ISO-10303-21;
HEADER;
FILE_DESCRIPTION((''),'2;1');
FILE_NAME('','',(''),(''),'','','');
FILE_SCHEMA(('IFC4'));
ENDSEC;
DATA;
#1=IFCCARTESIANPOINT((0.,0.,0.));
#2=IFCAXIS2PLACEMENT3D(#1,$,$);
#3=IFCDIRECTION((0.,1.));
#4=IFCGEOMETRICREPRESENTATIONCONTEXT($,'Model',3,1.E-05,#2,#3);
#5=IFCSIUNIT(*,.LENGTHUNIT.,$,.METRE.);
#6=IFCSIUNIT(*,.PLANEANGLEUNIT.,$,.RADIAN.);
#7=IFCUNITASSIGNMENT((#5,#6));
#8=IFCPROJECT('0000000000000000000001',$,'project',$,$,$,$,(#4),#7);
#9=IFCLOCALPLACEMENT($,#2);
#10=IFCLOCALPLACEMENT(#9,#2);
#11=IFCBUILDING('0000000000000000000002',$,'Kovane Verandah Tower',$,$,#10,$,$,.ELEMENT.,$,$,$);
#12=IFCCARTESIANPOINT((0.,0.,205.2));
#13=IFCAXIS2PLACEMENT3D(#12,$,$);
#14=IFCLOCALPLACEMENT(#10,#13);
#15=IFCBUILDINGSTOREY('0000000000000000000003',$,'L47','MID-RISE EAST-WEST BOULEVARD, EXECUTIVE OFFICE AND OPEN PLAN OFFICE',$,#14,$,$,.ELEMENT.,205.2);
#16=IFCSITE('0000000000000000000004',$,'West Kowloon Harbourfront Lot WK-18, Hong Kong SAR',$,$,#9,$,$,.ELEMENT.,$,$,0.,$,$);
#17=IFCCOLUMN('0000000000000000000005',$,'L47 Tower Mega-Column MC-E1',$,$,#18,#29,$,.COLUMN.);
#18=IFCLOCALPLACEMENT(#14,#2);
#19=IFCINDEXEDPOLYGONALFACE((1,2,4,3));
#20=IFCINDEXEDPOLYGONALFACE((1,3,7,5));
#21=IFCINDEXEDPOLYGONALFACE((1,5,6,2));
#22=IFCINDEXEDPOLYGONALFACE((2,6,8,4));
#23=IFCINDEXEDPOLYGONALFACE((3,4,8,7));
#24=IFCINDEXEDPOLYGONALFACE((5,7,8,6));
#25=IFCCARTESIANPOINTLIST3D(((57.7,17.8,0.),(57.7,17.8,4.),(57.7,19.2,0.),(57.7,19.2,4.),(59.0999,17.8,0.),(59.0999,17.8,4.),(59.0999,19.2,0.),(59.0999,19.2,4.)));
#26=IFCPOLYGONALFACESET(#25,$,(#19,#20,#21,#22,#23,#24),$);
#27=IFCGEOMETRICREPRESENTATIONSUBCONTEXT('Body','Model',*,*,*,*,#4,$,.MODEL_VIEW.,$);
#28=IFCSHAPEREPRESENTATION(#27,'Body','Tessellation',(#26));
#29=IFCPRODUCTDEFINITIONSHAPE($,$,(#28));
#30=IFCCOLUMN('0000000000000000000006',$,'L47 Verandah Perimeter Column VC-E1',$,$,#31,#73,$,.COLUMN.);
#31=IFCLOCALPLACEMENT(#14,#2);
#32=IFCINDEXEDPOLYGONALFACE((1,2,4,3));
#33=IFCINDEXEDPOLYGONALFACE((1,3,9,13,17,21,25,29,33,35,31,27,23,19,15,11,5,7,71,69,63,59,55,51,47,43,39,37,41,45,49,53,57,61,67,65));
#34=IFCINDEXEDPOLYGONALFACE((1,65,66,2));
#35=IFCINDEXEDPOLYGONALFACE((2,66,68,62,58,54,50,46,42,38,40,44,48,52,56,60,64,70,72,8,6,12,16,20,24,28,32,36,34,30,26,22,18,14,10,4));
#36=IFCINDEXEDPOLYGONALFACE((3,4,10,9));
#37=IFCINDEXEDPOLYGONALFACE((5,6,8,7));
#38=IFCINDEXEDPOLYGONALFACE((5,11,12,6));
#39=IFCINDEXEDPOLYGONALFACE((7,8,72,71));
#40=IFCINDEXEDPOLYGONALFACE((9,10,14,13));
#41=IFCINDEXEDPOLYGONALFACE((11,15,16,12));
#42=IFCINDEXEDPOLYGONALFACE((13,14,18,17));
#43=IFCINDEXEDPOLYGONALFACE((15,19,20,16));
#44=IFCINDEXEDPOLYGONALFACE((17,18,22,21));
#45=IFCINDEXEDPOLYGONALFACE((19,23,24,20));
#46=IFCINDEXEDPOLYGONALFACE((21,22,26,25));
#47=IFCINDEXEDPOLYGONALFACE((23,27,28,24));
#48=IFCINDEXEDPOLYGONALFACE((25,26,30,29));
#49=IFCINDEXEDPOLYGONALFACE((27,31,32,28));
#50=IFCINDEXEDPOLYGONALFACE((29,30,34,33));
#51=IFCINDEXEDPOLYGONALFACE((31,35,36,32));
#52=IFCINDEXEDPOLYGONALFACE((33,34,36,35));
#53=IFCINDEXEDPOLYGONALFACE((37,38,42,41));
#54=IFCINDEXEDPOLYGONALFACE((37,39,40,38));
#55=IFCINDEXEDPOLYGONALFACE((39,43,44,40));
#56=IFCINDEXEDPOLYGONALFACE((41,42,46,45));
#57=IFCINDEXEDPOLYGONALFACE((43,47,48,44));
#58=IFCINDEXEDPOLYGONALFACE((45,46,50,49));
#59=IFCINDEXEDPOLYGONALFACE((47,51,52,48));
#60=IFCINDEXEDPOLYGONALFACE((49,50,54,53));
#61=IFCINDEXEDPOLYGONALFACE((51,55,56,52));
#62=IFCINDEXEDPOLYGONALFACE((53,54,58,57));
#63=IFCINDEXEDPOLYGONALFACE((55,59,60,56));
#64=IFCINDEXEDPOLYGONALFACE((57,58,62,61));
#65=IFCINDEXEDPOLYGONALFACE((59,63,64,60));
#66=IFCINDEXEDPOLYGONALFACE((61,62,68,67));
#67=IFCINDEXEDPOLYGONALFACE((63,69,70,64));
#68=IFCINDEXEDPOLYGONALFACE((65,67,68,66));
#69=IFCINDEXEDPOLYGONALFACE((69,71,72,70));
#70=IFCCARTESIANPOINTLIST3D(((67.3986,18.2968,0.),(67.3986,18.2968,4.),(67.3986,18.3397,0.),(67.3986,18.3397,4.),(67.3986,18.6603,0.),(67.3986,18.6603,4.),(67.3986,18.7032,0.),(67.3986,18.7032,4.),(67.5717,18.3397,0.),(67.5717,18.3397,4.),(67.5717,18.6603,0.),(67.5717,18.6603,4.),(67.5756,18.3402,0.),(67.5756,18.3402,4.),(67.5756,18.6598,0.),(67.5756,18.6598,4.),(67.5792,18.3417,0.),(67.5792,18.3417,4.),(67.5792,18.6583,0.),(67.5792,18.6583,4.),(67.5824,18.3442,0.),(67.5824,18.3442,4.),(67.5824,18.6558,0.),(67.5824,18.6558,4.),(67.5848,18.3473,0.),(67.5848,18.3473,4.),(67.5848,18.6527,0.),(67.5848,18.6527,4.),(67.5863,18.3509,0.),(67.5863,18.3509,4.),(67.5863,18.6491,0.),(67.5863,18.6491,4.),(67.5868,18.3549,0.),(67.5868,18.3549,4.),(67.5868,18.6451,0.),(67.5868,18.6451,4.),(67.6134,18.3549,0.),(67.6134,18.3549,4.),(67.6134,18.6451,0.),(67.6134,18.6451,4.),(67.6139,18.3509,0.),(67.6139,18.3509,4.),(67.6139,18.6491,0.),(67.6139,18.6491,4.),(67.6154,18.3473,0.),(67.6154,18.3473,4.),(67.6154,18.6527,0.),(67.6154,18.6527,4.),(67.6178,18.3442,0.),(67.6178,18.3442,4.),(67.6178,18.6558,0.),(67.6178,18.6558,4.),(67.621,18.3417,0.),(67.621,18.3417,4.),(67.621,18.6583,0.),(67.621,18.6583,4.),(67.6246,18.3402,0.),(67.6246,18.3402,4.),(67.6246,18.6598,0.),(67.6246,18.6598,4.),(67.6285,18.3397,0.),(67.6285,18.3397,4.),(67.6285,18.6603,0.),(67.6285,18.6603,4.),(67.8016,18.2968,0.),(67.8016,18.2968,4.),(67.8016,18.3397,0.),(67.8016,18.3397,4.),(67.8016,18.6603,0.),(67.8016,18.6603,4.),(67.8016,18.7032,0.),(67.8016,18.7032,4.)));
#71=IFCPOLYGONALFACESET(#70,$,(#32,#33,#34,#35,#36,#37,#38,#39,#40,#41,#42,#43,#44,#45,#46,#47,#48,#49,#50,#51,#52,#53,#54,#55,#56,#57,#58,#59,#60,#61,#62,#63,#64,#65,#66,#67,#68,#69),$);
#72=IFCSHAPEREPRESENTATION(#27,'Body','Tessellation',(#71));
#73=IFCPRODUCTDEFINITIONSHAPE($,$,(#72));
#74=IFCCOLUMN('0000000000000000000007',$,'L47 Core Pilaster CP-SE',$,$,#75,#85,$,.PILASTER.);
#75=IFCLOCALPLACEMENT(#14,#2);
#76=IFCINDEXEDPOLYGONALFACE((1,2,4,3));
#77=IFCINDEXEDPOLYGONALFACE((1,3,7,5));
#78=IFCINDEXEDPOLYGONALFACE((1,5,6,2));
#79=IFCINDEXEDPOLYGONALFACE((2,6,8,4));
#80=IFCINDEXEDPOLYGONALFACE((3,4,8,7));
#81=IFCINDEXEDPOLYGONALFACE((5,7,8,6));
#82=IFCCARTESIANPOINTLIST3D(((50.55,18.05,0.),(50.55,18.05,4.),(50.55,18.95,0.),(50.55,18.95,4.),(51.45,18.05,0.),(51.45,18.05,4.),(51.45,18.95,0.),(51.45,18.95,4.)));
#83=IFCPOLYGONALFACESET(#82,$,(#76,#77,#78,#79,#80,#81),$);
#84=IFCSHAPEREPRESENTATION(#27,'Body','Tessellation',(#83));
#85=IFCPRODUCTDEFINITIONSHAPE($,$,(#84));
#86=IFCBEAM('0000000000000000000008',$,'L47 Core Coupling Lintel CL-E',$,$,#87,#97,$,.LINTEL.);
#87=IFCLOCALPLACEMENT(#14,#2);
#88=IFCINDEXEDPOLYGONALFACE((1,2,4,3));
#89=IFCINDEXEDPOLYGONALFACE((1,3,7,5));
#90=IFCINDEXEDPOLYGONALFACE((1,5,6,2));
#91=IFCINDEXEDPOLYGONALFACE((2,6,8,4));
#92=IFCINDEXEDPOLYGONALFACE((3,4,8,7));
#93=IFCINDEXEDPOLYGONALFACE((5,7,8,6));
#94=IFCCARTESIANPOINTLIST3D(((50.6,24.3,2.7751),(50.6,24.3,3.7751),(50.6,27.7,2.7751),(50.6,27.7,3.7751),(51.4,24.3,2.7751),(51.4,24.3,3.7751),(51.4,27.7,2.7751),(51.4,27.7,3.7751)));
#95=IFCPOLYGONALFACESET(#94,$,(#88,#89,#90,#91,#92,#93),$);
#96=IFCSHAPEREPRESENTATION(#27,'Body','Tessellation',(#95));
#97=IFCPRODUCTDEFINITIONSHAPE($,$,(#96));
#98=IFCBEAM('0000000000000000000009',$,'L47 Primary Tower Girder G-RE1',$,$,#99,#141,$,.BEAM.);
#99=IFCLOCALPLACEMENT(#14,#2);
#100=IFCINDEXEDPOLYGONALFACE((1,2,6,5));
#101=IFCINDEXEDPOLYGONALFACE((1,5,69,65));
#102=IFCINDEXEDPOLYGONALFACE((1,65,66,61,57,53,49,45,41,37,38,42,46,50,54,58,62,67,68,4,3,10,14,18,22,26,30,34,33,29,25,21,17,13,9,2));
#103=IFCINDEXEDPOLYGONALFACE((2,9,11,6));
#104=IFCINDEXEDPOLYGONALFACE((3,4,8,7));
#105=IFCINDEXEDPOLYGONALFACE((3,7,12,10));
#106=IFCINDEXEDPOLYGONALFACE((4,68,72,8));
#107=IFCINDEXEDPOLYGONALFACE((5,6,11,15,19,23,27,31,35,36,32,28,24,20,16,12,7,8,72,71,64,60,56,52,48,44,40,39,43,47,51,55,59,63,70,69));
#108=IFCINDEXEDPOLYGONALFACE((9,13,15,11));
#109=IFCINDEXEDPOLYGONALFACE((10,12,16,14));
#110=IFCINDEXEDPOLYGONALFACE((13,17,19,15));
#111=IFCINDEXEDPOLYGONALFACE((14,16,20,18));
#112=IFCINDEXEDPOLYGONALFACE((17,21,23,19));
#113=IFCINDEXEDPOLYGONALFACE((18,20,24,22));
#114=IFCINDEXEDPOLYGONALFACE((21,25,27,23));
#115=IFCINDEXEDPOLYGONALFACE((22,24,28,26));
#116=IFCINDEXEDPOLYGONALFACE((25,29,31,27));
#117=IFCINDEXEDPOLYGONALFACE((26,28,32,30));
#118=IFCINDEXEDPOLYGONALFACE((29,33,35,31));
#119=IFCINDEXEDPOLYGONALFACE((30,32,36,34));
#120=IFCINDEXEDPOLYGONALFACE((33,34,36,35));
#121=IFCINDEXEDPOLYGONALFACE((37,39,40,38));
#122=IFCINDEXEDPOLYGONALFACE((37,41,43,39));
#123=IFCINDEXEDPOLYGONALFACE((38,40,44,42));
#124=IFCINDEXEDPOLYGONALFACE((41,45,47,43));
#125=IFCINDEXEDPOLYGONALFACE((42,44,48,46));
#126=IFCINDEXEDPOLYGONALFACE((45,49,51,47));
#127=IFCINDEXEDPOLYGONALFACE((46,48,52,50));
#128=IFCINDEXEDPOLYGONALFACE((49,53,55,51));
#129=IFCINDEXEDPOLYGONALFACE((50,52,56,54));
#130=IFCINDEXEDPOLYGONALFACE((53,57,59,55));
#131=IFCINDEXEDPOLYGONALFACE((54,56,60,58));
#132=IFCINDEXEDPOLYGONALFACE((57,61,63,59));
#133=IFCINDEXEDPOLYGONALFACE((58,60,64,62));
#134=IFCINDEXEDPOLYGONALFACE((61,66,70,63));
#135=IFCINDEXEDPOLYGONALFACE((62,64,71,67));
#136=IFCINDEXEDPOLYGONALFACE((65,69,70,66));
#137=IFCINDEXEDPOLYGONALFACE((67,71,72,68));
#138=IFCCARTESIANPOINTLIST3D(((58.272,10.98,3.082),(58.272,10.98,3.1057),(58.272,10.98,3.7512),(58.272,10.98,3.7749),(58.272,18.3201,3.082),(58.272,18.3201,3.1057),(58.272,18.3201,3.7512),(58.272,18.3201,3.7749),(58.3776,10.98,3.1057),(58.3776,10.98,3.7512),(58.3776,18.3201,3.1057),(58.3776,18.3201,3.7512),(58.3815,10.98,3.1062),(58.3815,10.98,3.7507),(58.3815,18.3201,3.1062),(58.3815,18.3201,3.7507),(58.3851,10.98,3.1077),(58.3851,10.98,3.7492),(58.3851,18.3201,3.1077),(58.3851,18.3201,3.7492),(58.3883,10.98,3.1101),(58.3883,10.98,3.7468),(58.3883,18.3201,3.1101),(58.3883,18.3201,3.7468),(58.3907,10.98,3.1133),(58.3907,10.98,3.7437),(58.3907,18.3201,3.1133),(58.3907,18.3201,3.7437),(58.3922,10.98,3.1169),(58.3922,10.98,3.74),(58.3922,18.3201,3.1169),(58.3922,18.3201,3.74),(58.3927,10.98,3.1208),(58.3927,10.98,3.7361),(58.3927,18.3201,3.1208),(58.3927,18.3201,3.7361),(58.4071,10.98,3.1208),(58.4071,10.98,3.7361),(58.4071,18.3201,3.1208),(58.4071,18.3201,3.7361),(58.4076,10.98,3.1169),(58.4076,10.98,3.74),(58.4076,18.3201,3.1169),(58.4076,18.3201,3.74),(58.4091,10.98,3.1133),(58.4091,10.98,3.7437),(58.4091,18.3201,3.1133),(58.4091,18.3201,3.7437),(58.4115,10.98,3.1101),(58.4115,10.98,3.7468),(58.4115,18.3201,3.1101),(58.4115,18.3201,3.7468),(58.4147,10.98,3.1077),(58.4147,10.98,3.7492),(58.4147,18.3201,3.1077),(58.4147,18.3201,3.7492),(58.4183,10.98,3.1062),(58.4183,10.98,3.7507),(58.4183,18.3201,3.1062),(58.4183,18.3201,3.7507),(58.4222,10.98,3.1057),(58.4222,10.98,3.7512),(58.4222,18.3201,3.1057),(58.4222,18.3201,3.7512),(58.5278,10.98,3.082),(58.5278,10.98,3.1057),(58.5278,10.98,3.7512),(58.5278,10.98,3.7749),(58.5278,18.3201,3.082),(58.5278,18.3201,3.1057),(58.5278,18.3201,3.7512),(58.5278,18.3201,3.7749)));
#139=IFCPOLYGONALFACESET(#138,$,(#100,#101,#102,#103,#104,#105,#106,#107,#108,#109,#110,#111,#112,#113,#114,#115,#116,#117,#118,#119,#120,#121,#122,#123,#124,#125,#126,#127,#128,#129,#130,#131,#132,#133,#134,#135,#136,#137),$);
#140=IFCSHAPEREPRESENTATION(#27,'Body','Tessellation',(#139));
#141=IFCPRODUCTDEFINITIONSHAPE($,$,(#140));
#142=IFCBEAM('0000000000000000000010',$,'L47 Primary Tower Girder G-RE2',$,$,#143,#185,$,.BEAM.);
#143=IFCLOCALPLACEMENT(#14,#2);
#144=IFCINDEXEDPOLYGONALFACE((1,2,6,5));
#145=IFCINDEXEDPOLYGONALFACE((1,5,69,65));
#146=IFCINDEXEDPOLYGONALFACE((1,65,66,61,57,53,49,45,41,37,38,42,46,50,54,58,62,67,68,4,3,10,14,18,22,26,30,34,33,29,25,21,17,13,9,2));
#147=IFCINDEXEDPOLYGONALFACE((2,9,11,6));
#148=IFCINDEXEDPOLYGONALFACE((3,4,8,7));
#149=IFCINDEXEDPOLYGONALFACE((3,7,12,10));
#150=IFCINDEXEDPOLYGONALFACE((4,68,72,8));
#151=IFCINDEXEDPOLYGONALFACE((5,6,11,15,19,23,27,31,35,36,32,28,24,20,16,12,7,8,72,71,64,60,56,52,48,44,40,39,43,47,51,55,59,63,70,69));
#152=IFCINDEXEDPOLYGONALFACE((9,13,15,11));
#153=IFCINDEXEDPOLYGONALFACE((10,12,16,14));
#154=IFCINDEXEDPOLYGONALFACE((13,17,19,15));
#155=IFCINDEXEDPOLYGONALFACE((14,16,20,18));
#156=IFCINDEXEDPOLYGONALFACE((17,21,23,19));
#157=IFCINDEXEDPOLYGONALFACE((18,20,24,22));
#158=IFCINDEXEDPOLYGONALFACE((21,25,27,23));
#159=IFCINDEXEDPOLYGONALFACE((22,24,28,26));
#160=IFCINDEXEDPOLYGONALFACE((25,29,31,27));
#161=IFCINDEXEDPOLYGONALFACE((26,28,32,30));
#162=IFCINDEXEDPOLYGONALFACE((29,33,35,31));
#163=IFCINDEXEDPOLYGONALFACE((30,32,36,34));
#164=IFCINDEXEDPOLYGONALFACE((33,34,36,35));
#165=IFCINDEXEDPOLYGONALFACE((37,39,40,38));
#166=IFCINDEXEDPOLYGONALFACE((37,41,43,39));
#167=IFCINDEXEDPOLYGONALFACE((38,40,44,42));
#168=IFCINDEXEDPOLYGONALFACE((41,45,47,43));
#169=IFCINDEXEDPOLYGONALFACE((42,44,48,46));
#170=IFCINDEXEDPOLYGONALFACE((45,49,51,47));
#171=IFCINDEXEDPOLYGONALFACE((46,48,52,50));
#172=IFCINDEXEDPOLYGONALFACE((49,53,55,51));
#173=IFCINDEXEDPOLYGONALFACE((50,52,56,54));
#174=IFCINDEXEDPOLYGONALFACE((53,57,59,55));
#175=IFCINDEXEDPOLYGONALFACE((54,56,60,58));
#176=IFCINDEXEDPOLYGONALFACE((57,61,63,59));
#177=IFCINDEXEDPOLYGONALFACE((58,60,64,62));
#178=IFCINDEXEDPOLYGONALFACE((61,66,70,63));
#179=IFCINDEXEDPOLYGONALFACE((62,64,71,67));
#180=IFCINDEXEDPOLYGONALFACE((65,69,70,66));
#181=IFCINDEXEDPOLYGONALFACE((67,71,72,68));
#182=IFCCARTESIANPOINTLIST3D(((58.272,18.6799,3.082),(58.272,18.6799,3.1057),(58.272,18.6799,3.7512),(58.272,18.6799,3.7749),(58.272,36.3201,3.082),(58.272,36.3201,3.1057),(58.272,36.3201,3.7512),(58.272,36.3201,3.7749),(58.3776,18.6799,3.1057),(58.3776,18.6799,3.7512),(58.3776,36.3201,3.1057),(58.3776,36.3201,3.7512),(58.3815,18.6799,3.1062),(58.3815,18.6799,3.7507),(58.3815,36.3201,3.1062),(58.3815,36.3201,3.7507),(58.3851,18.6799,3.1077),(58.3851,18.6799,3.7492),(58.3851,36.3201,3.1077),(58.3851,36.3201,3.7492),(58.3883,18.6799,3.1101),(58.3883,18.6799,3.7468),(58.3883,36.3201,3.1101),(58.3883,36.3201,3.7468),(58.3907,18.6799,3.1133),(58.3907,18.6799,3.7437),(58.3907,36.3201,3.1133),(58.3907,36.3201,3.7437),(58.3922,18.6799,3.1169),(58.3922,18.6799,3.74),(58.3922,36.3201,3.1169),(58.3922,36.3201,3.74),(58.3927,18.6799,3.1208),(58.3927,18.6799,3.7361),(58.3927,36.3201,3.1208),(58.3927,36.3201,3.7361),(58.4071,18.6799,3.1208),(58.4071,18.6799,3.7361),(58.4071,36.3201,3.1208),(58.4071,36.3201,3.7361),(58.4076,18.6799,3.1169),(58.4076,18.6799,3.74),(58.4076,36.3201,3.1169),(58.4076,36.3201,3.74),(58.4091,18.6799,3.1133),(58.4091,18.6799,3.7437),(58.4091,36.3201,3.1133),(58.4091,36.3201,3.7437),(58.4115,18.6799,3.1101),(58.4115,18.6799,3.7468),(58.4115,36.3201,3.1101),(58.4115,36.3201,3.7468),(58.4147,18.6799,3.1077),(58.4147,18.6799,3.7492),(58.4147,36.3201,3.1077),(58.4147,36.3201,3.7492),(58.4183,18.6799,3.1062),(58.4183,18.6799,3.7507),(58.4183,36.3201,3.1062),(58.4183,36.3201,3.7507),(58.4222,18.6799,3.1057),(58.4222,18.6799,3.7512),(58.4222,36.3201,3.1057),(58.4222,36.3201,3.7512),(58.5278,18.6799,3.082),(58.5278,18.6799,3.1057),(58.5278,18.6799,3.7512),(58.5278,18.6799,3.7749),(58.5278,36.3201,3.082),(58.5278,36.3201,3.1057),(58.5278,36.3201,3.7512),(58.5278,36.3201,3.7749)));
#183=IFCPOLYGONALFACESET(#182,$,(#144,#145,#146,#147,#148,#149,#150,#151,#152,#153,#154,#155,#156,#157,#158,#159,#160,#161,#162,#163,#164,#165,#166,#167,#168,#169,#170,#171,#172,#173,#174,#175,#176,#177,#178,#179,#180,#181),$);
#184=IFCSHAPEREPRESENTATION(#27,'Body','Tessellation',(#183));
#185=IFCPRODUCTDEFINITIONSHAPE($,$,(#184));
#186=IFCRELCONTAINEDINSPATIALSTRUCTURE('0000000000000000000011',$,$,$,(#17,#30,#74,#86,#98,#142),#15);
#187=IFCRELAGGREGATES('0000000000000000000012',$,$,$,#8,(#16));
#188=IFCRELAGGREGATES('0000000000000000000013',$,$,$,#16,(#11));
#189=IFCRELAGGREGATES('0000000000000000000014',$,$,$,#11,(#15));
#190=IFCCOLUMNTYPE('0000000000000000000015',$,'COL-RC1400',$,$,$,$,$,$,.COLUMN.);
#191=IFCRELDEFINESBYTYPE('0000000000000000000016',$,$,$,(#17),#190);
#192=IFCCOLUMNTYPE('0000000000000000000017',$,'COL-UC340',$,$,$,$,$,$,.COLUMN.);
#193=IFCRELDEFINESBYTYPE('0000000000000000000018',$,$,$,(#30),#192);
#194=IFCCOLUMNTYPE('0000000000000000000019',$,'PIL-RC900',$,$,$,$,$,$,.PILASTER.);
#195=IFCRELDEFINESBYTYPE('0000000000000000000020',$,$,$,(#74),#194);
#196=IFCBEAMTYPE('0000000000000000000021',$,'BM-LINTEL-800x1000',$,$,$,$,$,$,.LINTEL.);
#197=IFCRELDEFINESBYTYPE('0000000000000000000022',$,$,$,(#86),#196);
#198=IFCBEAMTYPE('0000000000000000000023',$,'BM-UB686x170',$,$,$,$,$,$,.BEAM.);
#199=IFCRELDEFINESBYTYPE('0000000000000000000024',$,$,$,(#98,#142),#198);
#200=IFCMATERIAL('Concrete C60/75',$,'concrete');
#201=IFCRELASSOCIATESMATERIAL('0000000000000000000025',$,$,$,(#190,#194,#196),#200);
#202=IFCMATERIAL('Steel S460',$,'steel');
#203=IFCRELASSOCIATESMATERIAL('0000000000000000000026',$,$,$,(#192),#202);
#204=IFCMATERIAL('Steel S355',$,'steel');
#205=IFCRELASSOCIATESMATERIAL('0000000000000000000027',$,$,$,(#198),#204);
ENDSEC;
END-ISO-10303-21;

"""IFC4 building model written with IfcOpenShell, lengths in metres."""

from ifc_helpers import new_model, si_unit, direction, frame, origin, origin_2d, place, context, subcontext, project, spatial, rectangle, i_section, extrude, material, material_profile, profile_set, type_object, element, save


model = new_model("IFC4")

# Units and contexts
model_context = context("Model", 3, precision=1e-05, world=origin(), true_north=direction((0.0, 1.0)))
body_context = subcontext(model_context, "Body", "Model", "MODEL_VIEW")
ifc_project = project(units=[si_unit("LENGTHUNIT", "METRE"), si_unit("PLANEANGLEUNIT", "RADIAN")], contexts=[model_context])

# Site, building, storey
site_placement = place(None, origin())
site = spatial("IfcSite", under=ifc_project, at=site_placement, Name="West Kowloon Harbourfront Lot WK-18, Hong Kong SAR", CompositionType="ELEMENT", RefElevation=0.0)
building_placement = place(site_placement, origin())
building = spatial("IfcBuilding", under=site, at=building_placement, Name="Kovane Verandah Tower", CompositionType="ELEMENT")
storey_placement = place(building_placement, frame((0.0, 0.0, 205.2)))
storey = spatial("IfcBuildingStorey", under=building, at=storey_placement, Name="L47", Description="MID-RISE EAST-WEST BOULEVARD, EXECUTIVE OFFICE AND OPEN PLAN OFFICE", CompositionType="ELEMENT", Elevation=205.2)

# Columns
ifc_material_1 = material(Name="Concrete C60/75", Category="concrete")
ifc_material_profile_1 = material_profile(ifc_material_1, rectangle(XDim=1.3999, YDim=1.3999, at=origin_2d()), Name="RC1400x1400")
ifc_profile_set_1 = profile_set([ifc_material_profile_1], Name="Concrete C60/75")
column_type_1 = type_object("IfcColumnType", Name="COL-RC1400", PredefinedType="COLUMN", material=ifc_profile_set_1)
column_1_placement = place(storey_placement, frame((58.3999, 18.5, 0.0), z_axis=(0.0, 0.0, 1.0), x_axis=(1.0, 0.0, 0.0)))
element("IfcColumn", 1, at=column_1_placement, inside=storey, type_object=column_type_1, Name="L47 Tower Mega-Column MC-E1", PredefinedType="COLUMN", context=body_context, shape_type="SweptSolid", body=[
    extrude(rectangle(XDim=1.3999, YDim=1.3999, at=origin_2d()), origin(), (0.0, 0.0, 1.0), 4.0),
])
ifc_material_2 = material(Name="Steel S460", Category="steel")
ifc_material_profile_2 = material_profile(ifc_material_2, i_section(OverallWidth=0.4031, OverallDepth=0.4065, WebThickness=0.0266, FlangeThickness=0.043, FilletRadius=0.0151, at=origin_2d()), Name="UC356x406x340")
ifc_profile_set_2 = profile_set([ifc_material_profile_2], Name="Steel S460")
column_type_2 = type_object("IfcColumnType", Name="COL-UC340", PredefinedType="COLUMN", material=ifc_profile_set_2)
column_2_placement = place(storey_placement, frame((67.6001, 18.5, 0.0), z_axis=(0.0, 0.0, 1.0), x_axis=(1.0, 0.0, 0.0)))
element("IfcColumn", 2, at=column_2_placement, inside=storey, type_object=column_type_2, Name="L47 Verandah Perimeter Column VC-E1", PredefinedType="COLUMN", context=body_context, shape_type="SweptSolid", body=[
    extrude(i_section(OverallWidth=0.4031, OverallDepth=0.4065, WebThickness=0.0266, FlangeThickness=0.043, FilletRadius=0.0151, at=origin_2d()), origin(), (0.0, 0.0, 1.0), 4.0),
])
ifc_material_profile_3 = material_profile(ifc_material_1, rectangle(XDim=0.8999, YDim=0.8999, at=origin_2d()), Name="RC900x900")
ifc_profile_set_3 = profile_set([ifc_material_profile_3], Name="Concrete C60/75")
column_type_3 = type_object("IfcColumnType", Name="PIL-RC900", PredefinedType="PILASTER", material=ifc_profile_set_3)
column_3_placement = place(storey_placement, frame((51.0, 18.5, 0.0), z_axis=(0.0, 0.0, 1.0), x_axis=(1.0, 0.0, 0.0)))
element("IfcColumn", 3, at=column_3_placement, inside=storey, type_object=column_type_3, Name="L47 Core Pilaster CP-SE", PredefinedType="PILASTER", context=body_context, shape_type="SweptSolid", body=[
    extrude(rectangle(XDim=0.8999, YDim=0.8999, at=origin_2d()), origin(), (0.0, 0.0, 1.0), 4.0),
])

# Beams
ifc_material_profile_4 = material_profile(ifc_material_1, rectangle(XDim=0.8, YDim=1.0, at=origin_2d()), Name="RCB800x1000")
ifc_profile_set_4 = profile_set([ifc_material_profile_4], Name="Concrete C60/75")
beam_type_1 = type_object("IfcBeamType", Name="BM-LINTEL-800x1000", PredefinedType="LINTEL", material=ifc_profile_set_4)
beam_1_placement = place(storey_placement, frame((51.0, 24.3, 3.2751), z_axis=(0.0, 1.0, 0.0), x_axis=(-1.0, 0.0, 0.0)))
element("IfcBeam", 4, at=beam_1_placement, inside=storey, type_object=beam_type_1, Name="L47 Core Coupling Lintel CL-E", PredefinedType="LINTEL", context=body_context, shape_type="SweptSolid", body=[
    extrude(rectangle(XDim=0.8, YDim=1.0, at=origin_2d()), origin(), (0.0, 0.0, 1.0), 3.3999),
])
ifc_material_3 = material(Name="Steel S355", Category="steel")
ifc_material_profile_5 = material_profile(ifc_material_3, i_section(OverallWidth=0.2559, OverallDepth=0.6929, WebThickness=0.0144, FlangeThickness=0.0237, FilletRadius=0.0151, at=origin_2d()), Name="UB686x254x170")
ifc_profile_set_5 = profile_set([ifc_material_profile_5], Name="Steel S355")
beam_type_2 = type_object("IfcBeamType", Name="BM-UB686x170", PredefinedType="BEAM", material=ifc_profile_set_5)
beam_2_placement = place(storey_placement, frame((58.3999, 10.98, 3.4285), z_axis=(0.0, 1.0, 0.0), x_axis=(-1.0, 0.0, 0.0)))
element("IfcBeam", 5, at=beam_2_placement, inside=storey, type_object=beam_type_2, Name="L47 Primary Tower Girder G-RE1", PredefinedType="BEAM", context=body_context, shape_type="SweptSolid", body=[
    extrude(i_section(OverallWidth=0.2559, OverallDepth=0.6929, WebThickness=0.0144, FlangeThickness=0.0237, FilletRadius=0.0151, at=origin_2d()), origin(), (0.0, 0.0, 1.0), 7.3401),
])
beam_3_placement = place(storey_placement, frame((58.3999, 18.6799, 3.4285), z_axis=(0.0, 1.0, 0.0), x_axis=(-1.0, 0.0, 0.0)))
element("IfcBeam", 6, at=beam_3_placement, inside=storey, type_object=beam_type_2, Name="L47 Primary Tower Girder G-RE2", PredefinedType="BEAM", context=body_context, shape_type="SweptSolid", body=[
    extrude(i_section(OverallWidth=0.2559, OverallDepth=0.6929, WebThickness=0.0144, FlangeThickness=0.0237, FilletRadius=0.0151, at=origin_2d()), origin(), (0.0, 0.0, 1.0), 17.6401),
])

save(model, "model.ifc")
